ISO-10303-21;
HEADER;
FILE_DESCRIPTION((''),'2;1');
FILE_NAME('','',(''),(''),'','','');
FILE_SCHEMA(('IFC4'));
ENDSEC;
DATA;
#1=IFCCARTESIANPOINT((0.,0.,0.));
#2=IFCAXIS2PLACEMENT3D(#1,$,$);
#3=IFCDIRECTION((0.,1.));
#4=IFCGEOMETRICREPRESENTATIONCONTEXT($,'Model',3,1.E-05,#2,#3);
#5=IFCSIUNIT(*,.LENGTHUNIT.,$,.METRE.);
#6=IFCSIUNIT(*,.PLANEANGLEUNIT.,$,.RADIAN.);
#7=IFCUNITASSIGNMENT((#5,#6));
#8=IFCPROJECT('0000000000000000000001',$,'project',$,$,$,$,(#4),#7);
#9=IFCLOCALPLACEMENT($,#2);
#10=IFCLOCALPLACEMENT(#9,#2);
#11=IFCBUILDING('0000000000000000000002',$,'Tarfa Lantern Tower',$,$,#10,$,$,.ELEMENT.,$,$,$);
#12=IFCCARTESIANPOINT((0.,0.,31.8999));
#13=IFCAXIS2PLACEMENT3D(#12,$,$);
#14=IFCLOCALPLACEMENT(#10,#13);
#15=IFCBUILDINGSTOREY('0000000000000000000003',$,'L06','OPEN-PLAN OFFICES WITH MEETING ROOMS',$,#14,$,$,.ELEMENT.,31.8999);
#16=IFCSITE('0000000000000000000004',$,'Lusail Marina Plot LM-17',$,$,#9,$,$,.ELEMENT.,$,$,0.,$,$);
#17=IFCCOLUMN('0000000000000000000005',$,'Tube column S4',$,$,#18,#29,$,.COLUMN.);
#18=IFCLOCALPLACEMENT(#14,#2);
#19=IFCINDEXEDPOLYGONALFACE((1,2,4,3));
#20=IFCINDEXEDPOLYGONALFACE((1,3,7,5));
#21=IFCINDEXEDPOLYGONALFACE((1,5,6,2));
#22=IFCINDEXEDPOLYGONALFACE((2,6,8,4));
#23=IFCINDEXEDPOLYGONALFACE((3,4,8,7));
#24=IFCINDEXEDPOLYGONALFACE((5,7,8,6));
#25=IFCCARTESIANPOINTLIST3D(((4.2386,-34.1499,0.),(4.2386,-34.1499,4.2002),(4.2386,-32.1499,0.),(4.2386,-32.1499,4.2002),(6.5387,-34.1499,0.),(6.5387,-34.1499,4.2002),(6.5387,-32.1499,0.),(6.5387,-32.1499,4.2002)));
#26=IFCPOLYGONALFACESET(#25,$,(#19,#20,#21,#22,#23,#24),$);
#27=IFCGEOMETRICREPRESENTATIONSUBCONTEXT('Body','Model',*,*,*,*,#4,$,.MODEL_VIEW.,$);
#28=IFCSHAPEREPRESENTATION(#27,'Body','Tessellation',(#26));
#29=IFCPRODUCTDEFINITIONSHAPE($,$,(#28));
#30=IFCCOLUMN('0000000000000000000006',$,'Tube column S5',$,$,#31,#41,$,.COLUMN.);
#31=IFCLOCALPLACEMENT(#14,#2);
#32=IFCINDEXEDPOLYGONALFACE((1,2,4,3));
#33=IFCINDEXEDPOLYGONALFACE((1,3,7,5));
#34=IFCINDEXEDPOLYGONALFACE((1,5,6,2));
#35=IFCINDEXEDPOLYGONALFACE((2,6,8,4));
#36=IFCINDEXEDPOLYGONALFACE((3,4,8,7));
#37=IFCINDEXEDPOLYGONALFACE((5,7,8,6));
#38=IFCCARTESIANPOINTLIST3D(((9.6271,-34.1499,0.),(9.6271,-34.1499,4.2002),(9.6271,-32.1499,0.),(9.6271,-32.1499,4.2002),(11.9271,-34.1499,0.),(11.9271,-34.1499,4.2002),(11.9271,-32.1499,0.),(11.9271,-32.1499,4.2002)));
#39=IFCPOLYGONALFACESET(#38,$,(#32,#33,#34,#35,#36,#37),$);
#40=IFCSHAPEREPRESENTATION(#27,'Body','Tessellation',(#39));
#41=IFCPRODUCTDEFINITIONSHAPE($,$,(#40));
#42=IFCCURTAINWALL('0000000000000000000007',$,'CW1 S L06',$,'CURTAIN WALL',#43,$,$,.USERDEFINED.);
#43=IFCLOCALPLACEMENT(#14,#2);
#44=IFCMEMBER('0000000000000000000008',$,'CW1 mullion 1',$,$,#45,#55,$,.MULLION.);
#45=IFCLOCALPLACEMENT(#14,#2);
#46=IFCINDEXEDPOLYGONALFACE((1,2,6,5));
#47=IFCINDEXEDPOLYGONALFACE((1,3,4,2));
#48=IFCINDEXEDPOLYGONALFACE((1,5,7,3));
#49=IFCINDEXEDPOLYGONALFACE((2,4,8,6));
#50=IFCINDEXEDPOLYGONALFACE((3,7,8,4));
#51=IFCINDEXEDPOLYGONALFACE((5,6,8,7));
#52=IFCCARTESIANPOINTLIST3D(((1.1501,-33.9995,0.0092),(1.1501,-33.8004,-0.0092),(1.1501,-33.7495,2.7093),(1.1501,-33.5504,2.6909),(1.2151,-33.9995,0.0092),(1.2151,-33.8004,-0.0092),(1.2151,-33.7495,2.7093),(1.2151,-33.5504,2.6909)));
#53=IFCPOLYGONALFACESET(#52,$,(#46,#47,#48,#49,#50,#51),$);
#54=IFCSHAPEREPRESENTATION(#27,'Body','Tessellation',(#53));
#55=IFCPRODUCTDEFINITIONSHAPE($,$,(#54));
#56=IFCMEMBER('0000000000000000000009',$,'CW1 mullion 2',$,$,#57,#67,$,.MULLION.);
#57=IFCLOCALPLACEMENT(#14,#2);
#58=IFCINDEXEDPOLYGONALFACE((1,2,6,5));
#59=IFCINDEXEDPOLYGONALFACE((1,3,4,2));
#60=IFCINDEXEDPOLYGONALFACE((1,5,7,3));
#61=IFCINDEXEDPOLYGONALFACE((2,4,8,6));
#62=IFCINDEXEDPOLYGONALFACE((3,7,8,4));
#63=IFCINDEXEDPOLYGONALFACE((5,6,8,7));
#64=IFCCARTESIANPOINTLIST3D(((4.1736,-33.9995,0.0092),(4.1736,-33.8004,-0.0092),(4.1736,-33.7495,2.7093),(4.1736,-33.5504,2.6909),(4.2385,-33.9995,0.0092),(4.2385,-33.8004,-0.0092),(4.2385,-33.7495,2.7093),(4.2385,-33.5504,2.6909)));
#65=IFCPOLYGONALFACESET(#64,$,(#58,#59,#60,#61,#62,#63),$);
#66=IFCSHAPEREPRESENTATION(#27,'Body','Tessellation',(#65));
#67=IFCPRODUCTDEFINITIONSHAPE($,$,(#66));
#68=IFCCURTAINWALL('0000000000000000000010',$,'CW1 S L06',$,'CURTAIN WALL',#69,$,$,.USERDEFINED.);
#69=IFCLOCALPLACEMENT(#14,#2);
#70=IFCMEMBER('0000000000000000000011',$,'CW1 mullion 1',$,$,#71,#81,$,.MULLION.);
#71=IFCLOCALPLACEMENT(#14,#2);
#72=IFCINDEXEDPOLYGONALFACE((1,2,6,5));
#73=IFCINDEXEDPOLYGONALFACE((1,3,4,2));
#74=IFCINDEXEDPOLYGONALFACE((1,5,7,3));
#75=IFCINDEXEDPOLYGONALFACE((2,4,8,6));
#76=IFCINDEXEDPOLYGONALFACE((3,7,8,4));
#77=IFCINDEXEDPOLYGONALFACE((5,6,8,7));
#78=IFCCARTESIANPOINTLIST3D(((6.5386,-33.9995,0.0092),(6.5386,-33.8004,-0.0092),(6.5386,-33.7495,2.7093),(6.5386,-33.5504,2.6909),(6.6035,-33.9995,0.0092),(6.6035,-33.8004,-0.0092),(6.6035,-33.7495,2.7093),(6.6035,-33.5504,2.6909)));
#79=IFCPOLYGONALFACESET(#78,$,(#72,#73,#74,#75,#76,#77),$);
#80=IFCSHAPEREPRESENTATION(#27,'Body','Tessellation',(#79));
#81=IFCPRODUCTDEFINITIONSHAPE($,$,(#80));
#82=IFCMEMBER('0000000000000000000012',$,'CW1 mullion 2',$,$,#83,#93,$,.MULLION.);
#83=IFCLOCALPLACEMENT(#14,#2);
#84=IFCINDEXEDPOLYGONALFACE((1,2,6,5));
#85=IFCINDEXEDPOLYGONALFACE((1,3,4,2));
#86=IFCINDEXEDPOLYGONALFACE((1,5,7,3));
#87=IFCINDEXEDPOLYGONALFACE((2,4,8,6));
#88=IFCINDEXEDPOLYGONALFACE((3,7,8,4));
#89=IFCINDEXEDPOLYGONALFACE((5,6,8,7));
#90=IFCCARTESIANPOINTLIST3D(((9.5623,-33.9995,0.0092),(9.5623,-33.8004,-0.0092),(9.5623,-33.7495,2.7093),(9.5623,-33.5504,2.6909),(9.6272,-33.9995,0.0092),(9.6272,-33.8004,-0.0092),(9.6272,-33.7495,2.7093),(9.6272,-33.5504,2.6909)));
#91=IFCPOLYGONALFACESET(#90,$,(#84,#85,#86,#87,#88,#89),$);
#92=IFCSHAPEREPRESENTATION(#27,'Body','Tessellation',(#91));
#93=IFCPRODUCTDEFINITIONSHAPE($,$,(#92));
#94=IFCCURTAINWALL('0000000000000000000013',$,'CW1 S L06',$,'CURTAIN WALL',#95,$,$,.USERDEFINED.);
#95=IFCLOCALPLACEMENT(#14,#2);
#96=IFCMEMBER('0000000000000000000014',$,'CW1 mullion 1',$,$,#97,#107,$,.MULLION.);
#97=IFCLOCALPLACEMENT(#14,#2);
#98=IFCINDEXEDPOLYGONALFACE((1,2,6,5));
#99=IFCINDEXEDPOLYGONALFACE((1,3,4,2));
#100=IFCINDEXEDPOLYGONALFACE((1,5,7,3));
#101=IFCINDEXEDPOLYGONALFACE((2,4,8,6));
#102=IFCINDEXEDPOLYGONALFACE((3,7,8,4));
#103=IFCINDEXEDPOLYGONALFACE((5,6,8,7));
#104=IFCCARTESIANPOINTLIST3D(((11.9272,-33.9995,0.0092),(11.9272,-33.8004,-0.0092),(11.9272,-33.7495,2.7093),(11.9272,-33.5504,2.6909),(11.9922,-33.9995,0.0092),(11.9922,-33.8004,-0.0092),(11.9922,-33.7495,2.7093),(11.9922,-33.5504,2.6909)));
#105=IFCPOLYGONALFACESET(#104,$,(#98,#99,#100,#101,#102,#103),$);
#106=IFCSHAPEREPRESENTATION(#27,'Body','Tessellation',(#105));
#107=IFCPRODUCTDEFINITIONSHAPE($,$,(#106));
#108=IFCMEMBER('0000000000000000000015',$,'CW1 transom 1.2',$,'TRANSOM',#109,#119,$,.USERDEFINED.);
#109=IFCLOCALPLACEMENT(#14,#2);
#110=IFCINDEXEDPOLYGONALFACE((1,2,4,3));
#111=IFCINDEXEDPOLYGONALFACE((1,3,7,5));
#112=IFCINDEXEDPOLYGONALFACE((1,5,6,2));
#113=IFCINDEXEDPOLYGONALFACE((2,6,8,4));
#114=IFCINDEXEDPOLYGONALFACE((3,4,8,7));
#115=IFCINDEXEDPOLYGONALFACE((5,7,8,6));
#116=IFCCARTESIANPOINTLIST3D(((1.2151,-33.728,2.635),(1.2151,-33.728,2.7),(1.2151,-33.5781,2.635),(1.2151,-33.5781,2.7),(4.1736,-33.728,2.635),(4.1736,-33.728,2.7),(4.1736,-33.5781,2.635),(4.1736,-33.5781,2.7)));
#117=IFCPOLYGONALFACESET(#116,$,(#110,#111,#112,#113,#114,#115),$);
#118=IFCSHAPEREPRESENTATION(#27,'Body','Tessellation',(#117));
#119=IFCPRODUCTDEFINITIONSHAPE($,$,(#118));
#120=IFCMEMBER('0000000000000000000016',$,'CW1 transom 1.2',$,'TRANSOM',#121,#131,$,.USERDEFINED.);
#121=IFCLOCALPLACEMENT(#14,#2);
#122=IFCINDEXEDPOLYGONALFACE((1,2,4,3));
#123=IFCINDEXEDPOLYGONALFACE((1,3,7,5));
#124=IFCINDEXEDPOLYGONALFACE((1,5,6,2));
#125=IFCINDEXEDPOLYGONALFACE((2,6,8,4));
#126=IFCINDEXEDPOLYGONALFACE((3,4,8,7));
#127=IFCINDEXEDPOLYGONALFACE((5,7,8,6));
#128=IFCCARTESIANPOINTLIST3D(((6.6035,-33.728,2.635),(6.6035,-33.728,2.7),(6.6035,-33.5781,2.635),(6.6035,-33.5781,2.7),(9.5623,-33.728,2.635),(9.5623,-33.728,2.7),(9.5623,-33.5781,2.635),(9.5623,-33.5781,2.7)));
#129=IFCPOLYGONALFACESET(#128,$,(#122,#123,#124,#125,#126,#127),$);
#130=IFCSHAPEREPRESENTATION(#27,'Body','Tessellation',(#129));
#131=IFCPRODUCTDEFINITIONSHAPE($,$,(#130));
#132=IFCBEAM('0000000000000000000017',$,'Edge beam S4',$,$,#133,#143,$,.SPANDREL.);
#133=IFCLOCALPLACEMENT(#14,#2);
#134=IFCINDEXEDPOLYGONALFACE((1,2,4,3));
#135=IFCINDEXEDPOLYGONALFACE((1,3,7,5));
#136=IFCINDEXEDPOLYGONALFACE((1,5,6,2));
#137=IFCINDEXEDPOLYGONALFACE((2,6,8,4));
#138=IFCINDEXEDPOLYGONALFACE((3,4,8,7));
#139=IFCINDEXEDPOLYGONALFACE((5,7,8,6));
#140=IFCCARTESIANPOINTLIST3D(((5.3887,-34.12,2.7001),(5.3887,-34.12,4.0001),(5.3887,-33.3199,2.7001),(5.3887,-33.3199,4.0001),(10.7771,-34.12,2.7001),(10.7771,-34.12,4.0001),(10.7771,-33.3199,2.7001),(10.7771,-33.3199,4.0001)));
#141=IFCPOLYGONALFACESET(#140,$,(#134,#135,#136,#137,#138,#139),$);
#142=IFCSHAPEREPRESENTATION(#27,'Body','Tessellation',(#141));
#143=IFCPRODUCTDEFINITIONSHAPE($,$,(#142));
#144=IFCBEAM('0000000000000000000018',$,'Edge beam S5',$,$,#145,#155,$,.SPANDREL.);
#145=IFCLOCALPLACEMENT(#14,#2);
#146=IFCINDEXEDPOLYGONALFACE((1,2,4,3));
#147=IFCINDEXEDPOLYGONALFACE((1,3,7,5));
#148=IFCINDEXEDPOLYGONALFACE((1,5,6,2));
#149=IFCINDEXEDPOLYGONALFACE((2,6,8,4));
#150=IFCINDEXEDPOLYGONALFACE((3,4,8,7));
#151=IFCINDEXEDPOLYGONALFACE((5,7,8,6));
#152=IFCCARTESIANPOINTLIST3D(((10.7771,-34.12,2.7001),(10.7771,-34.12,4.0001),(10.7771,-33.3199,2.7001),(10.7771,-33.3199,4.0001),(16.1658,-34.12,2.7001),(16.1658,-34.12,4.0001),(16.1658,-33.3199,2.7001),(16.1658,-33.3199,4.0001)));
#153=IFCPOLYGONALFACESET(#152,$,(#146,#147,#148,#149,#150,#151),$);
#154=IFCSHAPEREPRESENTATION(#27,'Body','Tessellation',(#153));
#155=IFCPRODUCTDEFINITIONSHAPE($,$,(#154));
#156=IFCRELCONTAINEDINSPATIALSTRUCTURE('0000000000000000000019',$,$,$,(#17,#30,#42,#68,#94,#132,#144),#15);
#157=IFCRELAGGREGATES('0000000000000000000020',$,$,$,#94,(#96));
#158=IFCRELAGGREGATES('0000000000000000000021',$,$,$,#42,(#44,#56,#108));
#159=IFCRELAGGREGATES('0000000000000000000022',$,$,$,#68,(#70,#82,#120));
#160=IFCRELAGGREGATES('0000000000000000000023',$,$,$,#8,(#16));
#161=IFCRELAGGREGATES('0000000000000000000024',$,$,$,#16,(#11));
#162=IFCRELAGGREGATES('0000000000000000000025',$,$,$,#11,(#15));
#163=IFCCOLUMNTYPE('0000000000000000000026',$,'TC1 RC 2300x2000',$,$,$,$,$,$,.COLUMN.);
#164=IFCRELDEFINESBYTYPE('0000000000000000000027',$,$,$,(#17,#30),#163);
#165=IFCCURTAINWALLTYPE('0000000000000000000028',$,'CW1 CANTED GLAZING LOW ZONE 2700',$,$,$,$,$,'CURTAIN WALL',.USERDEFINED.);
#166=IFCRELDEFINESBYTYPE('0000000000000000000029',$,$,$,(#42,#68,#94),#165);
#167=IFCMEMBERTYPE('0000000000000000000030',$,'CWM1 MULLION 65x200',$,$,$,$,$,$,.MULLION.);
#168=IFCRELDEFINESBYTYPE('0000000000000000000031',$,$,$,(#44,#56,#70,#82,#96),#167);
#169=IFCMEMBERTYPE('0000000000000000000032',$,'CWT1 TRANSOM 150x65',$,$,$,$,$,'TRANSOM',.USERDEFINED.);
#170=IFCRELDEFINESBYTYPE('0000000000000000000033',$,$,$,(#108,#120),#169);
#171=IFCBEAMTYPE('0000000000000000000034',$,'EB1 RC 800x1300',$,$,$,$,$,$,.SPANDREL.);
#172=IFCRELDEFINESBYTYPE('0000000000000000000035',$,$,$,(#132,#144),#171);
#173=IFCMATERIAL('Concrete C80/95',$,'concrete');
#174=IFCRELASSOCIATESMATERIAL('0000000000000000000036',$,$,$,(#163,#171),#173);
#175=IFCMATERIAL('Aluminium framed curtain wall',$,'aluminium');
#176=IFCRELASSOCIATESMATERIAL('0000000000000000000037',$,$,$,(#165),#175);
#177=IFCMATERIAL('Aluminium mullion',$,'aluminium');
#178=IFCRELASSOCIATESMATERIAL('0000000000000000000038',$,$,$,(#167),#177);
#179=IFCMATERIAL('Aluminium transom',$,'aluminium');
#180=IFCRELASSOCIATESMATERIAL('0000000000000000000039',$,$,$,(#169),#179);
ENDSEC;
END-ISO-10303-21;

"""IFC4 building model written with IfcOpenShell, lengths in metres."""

from ifc_helpers import new_model, si_unit, direction, frame, origin, origin_2d, place, context, subcontext, project, spatial, rectangle, extrude, material, material_profile, profile_set, type_object, element, aggregate, save


model = new_model("IFC4")

# Units and contexts
model_context = context("Model", 3, precision=1e-05, world=origin(), true_north=direction((0.0, 1.0)))
body_context = subcontext(model_context, "Body", "Model", "MODEL_VIEW")
ifc_project = project(units=[si_unit("LENGTHUNIT", "METRE"), si_unit("PLANEANGLEUNIT", "RADIAN")], contexts=[model_context])

# Site, building, storey
site_placement = place(None, origin())
site = spatial("IfcSite", under=ifc_project, at=site_placement, Name="Lusail Marina Plot LM-17", CompositionType="ELEMENT", RefElevation=0.0)
building_placement = place(site_placement, origin())
building = spatial("IfcBuilding", under=site, at=building_placement, Name="Tarfa Lantern Tower", CompositionType="ELEMENT")
storey_placement = place(building_placement, frame((0.0, 0.0, 31.8999)))
storey = spatial("IfcBuildingStorey", under=building, at=storey_placement, Name="L06", Description="OPEN-PLAN OFFICES WITH MEETING ROOMS", CompositionType="ELEMENT", Elevation=31.8999)

# Columns
ifc_material_1 = material(Name="Concrete C80/95", Category="concrete")
ifc_material_profile_1 = material_profile(ifc_material_1, rectangle(XDim=2.3, YDim=2.0, at=origin_2d()), Name="RC 2300x2000")
ifc_profile_set_1 = profile_set([ifc_material_profile_1], Name="Concrete C80/95")
column_type = type_object("IfcColumnType", Name="TC1 RC 2300x2000", PredefinedType="COLUMN", material=ifc_profile_set_1)
for number, where, z_axis, x_axis, name in (
    (1, (5.3887, -33.1499, 0.0), (0.0, 0.0, 1.0), (1.0, 0.0, 0.0), "Tube column S4"),
    (2, (10.7771, -33.1499, 0.0), (0.0, 0.0, 1.0), (1.0, 0.0, 0.0), "Tube column S5"),
):
    element("IfcColumn", number, at=place(storey_placement, frame(where, z_axis=z_axis, x_axis=x_axis)), inside=storey, type_object=column_type, Name=name, PredefinedType="COLUMN", context=body_context, shape_type="SweptSolid", body=[
        extrude(rectangle(XDim=2.3, YDim=2.0, at=origin_2d()), origin(), (0.0, 0.0, 1.0), 4.2002),
    ])

# Curtain walls, members
ifc_material_2 = material(Name="Aluminium framed curtain wall", Category="aluminium")
curtain_wall_type = type_object("IfcCurtainWallType", Name="CW1 CANTED GLAZING LOW ZONE 2700", ElementType="CURTAIN WALL", PredefinedType="USERDEFINED", material=ifc_material_2)
curtain_wall_1_placement = place(storey_placement, origin())
curtain_wall_1 = element("IfcCurtainWall", 3, at=curtain_wall_1_placement, inside=storey, type_object=curtain_wall_type, Name="CW1 S L06", ObjectType="CURTAIN WALL", PredefinedType="USERDEFINED")
ifc_material_3 = material(Name="Aluminium mullion", Category="aluminium")
ifc_material_profile_2 = material_profile(ifc_material_3, rectangle(XDim=0.0649, YDim=0.2, at=origin_2d()), Name="AL MULLION 65x200")
ifc_profile_set_2 = profile_set([ifc_material_profile_2], Name="Aluminium mullion")
member_type_1 = type_object("IfcMemberType", Name="CWM1 MULLION 65x200", PredefinedType="MULLION", material=ifc_profile_set_2)
member_1_placement = place(storey_placement, frame((1.1826, -33.8999, 0.0), z_axis=(0.0, 0.092192, 0.995741), x_axis=(-1.0, 0.0, 0.0)))
member_1 = element("IfcMember", 4, at=member_1_placement, type_object=member_type_1, Name="CW1 mullion 1", PredefinedType="MULLION", context=body_context, shape_type="SweptSolid", body=[
    extrude(rectangle(XDim=0.0649, YDim=0.2, at=origin_2d()), origin(), (0.0, 0.0, 1.0), 2.7117),
])
member_2_placement = place(storey_placement, frame((4.2061, -33.8999, 0.0), z_axis=(0.0, 0.092192, 0.995741), x_axis=(-1.0, 0.0, 0.0)))
member_2 = element("IfcMember", 5, at=member_2_placement, type_object=member_type_1, Name="CW1 mullion 2", PredefinedType="MULLION", context=body_context, shape_type="SweptSolid", body=[
    extrude(rectangle(XDim=0.0649, YDim=0.2, at=origin_2d()), origin(), (0.0, 0.0, 1.0), 2.7117),
])
curtain_wall_2_placement = place(storey_placement, origin())
curtain_wall_2 = element("IfcCurtainWall", 6, at=curtain_wall_2_placement, inside=storey, type_object=curtain_wall_type, Name="CW1 S L06", ObjectType="CURTAIN WALL", PredefinedType="USERDEFINED")
member_3_placement = place(storey_placement, frame((6.571, -33.8999, 0.0), z_axis=(0.0, 0.092192, 0.995741), x_axis=(-1.0, 0.0, 0.0)))
member_3 = element("IfcMember", 7, at=member_3_placement, type_object=member_type_1, Name="CW1 mullion 1", PredefinedType="MULLION", context=body_context, shape_type="SweptSolid", body=[
    extrude(rectangle(XDim=0.0649, YDim=0.2, at=origin_2d()), origin(), (0.0, 0.0, 1.0), 2.7117),
])
member_4_placement = place(storey_placement, frame((9.5947, -33.8999, 0.0), z_axis=(0.0, 0.092192, 0.995741), x_axis=(-1.0, 0.0, 0.0)))
member_4 = element("IfcMember", 8, at=member_4_placement, type_object=member_type_1, Name="CW1 mullion 2", PredefinedType="MULLION", context=body_context, shape_type="SweptSolid", body=[
    extrude(rectangle(XDim=0.0649, YDim=0.2, at=origin_2d()), origin(), (0.0, 0.0, 1.0), 2.7117),
])

# Curtain wall, member
curtain_wall_3_placement = place(storey_placement, origin())
curtain_wall_3 = element("IfcCurtainWall", 9, at=curtain_wall_3_placement, inside=storey, type_object=curtain_wall_type, Name="CW1 S L06", ObjectType="CURTAIN WALL", PredefinedType="USERDEFINED")
member_5_placement = place(storey_placement, frame((11.9597, -33.8999, 0.0), z_axis=(0.0, 0.092192, 0.995741), x_axis=(-1.0, 0.0, 0.0)))
member_5 = element("IfcMember", 10, at=member_5_placement, type_object=member_type_1, Name="CW1 mullion 1", PredefinedType="MULLION", context=body_context, shape_type="SweptSolid", body=[
    extrude(rectangle(XDim=0.0649, YDim=0.2, at=origin_2d()), origin(), (0.0, 0.0, 1.0), 2.7117),
])
aggregate(curtain_wall_3, [member_5])

# Members
ifc_material_4 = material(Name="Aluminium transom", Category="aluminium")
ifc_material_profile_3 = material_profile(ifc_material_4, rectangle(XDim=0.1499, YDim=0.0649, at=origin_2d()), Name="AL TRANSOM 150x65")
ifc_profile_set_3 = profile_set([ifc_material_profile_3], Name="Aluminium transom")
member_type_2 = type_object("IfcMemberType", Name="CWT1 TRANSOM 150x65", ElementType="TRANSOM", PredefinedType="USERDEFINED", material=ifc_profile_set_3)
member_6_placement = place(storey_placement, frame((1.2151, -33.6531, 2.6675), z_axis=(1.0, 0.0, 0.0), x_axis=(0.0, 1.0, 0.0)))
member_6 = element("IfcMember", 11, at=member_6_placement, type_object=member_type_2, Name="CW1 transom 1.2", ObjectType="TRANSOM", PredefinedType="USERDEFINED", context=body_context, shape_type="SweptSolid", body=[
    extrude(rectangle(XDim=0.1499, YDim=0.0649, at=origin_2d()), origin(), (0.0, 0.0, 1.0), 2.9585),
])
member_7_placement = place(storey_placement, frame((6.6035, -33.6531, 2.6675), z_axis=(1.0, 0.0, 0.0), x_axis=(0.0, 1.0, 0.0)))
member_7 = element("IfcMember", 12, at=member_7_placement, type_object=member_type_2, Name="CW1 transom 1.2", ObjectType="TRANSOM", PredefinedType="USERDEFINED", context=body_context, shape_type="SweptSolid", body=[
    extrude(rectangle(XDim=0.1499, YDim=0.0649, at=origin_2d()), origin(), (0.0, 0.0, 1.0), 2.9587),
])

# Beams
ifc_material_profile_4 = material_profile(ifc_material_1, rectangle(XDim=0.8, YDim=1.3, at=origin_2d()), Name="RC 800x1300")
ifc_profile_set_4 = profile_set([ifc_material_profile_4], Name="Concrete C80/95")
beam_type_1 = type_object("IfcBeamType", Name="EB1 RC 800x1300", PredefinedType="SPANDREL", material=ifc_profile_set_4)
beam_1_placement = place(storey_placement, frame((5.3887, -33.72, 3.3501), z_axis=(1.0, 0.0, 0.0), x_axis=(0.0, 1.0, 0.0)))
element("IfcBeam", 13, at=beam_1_placement, inside=storey, type_object=beam_type_1, Name="Edge beam S4", PredefinedType="SPANDREL", context=body_context, shape_type="SweptSolid", body=[
    extrude(rectangle(XDim=0.8, YDim=1.3, at=origin_2d()), origin(), (0.0, 0.0, 1.0), 5.3884),
])
beam_2_placement = place(storey_placement, frame((10.7771, -33.72, 3.3501), z_axis=(1.0, 0.0, 0.0), x_axis=(0.0, 1.0, 0.0)))
element("IfcBeam", 14, at=beam_2_placement, inside=storey, type_object=beam_type_1, Name="Edge beam S5", PredefinedType="SPANDREL", context=body_context, shape_type="SweptSolid", body=[
    extrude(rectangle(XDim=0.8, YDim=1.3, at=origin_2d()), origin(), (0.0, 0.0, 1.0), 5.3887),
])

aggregate(curtain_wall_1, [member_1, member_2, member_6])
aggregate(curtain_wall_2, [member_3, member_4, member_7])

save(model, "model.ifc")
